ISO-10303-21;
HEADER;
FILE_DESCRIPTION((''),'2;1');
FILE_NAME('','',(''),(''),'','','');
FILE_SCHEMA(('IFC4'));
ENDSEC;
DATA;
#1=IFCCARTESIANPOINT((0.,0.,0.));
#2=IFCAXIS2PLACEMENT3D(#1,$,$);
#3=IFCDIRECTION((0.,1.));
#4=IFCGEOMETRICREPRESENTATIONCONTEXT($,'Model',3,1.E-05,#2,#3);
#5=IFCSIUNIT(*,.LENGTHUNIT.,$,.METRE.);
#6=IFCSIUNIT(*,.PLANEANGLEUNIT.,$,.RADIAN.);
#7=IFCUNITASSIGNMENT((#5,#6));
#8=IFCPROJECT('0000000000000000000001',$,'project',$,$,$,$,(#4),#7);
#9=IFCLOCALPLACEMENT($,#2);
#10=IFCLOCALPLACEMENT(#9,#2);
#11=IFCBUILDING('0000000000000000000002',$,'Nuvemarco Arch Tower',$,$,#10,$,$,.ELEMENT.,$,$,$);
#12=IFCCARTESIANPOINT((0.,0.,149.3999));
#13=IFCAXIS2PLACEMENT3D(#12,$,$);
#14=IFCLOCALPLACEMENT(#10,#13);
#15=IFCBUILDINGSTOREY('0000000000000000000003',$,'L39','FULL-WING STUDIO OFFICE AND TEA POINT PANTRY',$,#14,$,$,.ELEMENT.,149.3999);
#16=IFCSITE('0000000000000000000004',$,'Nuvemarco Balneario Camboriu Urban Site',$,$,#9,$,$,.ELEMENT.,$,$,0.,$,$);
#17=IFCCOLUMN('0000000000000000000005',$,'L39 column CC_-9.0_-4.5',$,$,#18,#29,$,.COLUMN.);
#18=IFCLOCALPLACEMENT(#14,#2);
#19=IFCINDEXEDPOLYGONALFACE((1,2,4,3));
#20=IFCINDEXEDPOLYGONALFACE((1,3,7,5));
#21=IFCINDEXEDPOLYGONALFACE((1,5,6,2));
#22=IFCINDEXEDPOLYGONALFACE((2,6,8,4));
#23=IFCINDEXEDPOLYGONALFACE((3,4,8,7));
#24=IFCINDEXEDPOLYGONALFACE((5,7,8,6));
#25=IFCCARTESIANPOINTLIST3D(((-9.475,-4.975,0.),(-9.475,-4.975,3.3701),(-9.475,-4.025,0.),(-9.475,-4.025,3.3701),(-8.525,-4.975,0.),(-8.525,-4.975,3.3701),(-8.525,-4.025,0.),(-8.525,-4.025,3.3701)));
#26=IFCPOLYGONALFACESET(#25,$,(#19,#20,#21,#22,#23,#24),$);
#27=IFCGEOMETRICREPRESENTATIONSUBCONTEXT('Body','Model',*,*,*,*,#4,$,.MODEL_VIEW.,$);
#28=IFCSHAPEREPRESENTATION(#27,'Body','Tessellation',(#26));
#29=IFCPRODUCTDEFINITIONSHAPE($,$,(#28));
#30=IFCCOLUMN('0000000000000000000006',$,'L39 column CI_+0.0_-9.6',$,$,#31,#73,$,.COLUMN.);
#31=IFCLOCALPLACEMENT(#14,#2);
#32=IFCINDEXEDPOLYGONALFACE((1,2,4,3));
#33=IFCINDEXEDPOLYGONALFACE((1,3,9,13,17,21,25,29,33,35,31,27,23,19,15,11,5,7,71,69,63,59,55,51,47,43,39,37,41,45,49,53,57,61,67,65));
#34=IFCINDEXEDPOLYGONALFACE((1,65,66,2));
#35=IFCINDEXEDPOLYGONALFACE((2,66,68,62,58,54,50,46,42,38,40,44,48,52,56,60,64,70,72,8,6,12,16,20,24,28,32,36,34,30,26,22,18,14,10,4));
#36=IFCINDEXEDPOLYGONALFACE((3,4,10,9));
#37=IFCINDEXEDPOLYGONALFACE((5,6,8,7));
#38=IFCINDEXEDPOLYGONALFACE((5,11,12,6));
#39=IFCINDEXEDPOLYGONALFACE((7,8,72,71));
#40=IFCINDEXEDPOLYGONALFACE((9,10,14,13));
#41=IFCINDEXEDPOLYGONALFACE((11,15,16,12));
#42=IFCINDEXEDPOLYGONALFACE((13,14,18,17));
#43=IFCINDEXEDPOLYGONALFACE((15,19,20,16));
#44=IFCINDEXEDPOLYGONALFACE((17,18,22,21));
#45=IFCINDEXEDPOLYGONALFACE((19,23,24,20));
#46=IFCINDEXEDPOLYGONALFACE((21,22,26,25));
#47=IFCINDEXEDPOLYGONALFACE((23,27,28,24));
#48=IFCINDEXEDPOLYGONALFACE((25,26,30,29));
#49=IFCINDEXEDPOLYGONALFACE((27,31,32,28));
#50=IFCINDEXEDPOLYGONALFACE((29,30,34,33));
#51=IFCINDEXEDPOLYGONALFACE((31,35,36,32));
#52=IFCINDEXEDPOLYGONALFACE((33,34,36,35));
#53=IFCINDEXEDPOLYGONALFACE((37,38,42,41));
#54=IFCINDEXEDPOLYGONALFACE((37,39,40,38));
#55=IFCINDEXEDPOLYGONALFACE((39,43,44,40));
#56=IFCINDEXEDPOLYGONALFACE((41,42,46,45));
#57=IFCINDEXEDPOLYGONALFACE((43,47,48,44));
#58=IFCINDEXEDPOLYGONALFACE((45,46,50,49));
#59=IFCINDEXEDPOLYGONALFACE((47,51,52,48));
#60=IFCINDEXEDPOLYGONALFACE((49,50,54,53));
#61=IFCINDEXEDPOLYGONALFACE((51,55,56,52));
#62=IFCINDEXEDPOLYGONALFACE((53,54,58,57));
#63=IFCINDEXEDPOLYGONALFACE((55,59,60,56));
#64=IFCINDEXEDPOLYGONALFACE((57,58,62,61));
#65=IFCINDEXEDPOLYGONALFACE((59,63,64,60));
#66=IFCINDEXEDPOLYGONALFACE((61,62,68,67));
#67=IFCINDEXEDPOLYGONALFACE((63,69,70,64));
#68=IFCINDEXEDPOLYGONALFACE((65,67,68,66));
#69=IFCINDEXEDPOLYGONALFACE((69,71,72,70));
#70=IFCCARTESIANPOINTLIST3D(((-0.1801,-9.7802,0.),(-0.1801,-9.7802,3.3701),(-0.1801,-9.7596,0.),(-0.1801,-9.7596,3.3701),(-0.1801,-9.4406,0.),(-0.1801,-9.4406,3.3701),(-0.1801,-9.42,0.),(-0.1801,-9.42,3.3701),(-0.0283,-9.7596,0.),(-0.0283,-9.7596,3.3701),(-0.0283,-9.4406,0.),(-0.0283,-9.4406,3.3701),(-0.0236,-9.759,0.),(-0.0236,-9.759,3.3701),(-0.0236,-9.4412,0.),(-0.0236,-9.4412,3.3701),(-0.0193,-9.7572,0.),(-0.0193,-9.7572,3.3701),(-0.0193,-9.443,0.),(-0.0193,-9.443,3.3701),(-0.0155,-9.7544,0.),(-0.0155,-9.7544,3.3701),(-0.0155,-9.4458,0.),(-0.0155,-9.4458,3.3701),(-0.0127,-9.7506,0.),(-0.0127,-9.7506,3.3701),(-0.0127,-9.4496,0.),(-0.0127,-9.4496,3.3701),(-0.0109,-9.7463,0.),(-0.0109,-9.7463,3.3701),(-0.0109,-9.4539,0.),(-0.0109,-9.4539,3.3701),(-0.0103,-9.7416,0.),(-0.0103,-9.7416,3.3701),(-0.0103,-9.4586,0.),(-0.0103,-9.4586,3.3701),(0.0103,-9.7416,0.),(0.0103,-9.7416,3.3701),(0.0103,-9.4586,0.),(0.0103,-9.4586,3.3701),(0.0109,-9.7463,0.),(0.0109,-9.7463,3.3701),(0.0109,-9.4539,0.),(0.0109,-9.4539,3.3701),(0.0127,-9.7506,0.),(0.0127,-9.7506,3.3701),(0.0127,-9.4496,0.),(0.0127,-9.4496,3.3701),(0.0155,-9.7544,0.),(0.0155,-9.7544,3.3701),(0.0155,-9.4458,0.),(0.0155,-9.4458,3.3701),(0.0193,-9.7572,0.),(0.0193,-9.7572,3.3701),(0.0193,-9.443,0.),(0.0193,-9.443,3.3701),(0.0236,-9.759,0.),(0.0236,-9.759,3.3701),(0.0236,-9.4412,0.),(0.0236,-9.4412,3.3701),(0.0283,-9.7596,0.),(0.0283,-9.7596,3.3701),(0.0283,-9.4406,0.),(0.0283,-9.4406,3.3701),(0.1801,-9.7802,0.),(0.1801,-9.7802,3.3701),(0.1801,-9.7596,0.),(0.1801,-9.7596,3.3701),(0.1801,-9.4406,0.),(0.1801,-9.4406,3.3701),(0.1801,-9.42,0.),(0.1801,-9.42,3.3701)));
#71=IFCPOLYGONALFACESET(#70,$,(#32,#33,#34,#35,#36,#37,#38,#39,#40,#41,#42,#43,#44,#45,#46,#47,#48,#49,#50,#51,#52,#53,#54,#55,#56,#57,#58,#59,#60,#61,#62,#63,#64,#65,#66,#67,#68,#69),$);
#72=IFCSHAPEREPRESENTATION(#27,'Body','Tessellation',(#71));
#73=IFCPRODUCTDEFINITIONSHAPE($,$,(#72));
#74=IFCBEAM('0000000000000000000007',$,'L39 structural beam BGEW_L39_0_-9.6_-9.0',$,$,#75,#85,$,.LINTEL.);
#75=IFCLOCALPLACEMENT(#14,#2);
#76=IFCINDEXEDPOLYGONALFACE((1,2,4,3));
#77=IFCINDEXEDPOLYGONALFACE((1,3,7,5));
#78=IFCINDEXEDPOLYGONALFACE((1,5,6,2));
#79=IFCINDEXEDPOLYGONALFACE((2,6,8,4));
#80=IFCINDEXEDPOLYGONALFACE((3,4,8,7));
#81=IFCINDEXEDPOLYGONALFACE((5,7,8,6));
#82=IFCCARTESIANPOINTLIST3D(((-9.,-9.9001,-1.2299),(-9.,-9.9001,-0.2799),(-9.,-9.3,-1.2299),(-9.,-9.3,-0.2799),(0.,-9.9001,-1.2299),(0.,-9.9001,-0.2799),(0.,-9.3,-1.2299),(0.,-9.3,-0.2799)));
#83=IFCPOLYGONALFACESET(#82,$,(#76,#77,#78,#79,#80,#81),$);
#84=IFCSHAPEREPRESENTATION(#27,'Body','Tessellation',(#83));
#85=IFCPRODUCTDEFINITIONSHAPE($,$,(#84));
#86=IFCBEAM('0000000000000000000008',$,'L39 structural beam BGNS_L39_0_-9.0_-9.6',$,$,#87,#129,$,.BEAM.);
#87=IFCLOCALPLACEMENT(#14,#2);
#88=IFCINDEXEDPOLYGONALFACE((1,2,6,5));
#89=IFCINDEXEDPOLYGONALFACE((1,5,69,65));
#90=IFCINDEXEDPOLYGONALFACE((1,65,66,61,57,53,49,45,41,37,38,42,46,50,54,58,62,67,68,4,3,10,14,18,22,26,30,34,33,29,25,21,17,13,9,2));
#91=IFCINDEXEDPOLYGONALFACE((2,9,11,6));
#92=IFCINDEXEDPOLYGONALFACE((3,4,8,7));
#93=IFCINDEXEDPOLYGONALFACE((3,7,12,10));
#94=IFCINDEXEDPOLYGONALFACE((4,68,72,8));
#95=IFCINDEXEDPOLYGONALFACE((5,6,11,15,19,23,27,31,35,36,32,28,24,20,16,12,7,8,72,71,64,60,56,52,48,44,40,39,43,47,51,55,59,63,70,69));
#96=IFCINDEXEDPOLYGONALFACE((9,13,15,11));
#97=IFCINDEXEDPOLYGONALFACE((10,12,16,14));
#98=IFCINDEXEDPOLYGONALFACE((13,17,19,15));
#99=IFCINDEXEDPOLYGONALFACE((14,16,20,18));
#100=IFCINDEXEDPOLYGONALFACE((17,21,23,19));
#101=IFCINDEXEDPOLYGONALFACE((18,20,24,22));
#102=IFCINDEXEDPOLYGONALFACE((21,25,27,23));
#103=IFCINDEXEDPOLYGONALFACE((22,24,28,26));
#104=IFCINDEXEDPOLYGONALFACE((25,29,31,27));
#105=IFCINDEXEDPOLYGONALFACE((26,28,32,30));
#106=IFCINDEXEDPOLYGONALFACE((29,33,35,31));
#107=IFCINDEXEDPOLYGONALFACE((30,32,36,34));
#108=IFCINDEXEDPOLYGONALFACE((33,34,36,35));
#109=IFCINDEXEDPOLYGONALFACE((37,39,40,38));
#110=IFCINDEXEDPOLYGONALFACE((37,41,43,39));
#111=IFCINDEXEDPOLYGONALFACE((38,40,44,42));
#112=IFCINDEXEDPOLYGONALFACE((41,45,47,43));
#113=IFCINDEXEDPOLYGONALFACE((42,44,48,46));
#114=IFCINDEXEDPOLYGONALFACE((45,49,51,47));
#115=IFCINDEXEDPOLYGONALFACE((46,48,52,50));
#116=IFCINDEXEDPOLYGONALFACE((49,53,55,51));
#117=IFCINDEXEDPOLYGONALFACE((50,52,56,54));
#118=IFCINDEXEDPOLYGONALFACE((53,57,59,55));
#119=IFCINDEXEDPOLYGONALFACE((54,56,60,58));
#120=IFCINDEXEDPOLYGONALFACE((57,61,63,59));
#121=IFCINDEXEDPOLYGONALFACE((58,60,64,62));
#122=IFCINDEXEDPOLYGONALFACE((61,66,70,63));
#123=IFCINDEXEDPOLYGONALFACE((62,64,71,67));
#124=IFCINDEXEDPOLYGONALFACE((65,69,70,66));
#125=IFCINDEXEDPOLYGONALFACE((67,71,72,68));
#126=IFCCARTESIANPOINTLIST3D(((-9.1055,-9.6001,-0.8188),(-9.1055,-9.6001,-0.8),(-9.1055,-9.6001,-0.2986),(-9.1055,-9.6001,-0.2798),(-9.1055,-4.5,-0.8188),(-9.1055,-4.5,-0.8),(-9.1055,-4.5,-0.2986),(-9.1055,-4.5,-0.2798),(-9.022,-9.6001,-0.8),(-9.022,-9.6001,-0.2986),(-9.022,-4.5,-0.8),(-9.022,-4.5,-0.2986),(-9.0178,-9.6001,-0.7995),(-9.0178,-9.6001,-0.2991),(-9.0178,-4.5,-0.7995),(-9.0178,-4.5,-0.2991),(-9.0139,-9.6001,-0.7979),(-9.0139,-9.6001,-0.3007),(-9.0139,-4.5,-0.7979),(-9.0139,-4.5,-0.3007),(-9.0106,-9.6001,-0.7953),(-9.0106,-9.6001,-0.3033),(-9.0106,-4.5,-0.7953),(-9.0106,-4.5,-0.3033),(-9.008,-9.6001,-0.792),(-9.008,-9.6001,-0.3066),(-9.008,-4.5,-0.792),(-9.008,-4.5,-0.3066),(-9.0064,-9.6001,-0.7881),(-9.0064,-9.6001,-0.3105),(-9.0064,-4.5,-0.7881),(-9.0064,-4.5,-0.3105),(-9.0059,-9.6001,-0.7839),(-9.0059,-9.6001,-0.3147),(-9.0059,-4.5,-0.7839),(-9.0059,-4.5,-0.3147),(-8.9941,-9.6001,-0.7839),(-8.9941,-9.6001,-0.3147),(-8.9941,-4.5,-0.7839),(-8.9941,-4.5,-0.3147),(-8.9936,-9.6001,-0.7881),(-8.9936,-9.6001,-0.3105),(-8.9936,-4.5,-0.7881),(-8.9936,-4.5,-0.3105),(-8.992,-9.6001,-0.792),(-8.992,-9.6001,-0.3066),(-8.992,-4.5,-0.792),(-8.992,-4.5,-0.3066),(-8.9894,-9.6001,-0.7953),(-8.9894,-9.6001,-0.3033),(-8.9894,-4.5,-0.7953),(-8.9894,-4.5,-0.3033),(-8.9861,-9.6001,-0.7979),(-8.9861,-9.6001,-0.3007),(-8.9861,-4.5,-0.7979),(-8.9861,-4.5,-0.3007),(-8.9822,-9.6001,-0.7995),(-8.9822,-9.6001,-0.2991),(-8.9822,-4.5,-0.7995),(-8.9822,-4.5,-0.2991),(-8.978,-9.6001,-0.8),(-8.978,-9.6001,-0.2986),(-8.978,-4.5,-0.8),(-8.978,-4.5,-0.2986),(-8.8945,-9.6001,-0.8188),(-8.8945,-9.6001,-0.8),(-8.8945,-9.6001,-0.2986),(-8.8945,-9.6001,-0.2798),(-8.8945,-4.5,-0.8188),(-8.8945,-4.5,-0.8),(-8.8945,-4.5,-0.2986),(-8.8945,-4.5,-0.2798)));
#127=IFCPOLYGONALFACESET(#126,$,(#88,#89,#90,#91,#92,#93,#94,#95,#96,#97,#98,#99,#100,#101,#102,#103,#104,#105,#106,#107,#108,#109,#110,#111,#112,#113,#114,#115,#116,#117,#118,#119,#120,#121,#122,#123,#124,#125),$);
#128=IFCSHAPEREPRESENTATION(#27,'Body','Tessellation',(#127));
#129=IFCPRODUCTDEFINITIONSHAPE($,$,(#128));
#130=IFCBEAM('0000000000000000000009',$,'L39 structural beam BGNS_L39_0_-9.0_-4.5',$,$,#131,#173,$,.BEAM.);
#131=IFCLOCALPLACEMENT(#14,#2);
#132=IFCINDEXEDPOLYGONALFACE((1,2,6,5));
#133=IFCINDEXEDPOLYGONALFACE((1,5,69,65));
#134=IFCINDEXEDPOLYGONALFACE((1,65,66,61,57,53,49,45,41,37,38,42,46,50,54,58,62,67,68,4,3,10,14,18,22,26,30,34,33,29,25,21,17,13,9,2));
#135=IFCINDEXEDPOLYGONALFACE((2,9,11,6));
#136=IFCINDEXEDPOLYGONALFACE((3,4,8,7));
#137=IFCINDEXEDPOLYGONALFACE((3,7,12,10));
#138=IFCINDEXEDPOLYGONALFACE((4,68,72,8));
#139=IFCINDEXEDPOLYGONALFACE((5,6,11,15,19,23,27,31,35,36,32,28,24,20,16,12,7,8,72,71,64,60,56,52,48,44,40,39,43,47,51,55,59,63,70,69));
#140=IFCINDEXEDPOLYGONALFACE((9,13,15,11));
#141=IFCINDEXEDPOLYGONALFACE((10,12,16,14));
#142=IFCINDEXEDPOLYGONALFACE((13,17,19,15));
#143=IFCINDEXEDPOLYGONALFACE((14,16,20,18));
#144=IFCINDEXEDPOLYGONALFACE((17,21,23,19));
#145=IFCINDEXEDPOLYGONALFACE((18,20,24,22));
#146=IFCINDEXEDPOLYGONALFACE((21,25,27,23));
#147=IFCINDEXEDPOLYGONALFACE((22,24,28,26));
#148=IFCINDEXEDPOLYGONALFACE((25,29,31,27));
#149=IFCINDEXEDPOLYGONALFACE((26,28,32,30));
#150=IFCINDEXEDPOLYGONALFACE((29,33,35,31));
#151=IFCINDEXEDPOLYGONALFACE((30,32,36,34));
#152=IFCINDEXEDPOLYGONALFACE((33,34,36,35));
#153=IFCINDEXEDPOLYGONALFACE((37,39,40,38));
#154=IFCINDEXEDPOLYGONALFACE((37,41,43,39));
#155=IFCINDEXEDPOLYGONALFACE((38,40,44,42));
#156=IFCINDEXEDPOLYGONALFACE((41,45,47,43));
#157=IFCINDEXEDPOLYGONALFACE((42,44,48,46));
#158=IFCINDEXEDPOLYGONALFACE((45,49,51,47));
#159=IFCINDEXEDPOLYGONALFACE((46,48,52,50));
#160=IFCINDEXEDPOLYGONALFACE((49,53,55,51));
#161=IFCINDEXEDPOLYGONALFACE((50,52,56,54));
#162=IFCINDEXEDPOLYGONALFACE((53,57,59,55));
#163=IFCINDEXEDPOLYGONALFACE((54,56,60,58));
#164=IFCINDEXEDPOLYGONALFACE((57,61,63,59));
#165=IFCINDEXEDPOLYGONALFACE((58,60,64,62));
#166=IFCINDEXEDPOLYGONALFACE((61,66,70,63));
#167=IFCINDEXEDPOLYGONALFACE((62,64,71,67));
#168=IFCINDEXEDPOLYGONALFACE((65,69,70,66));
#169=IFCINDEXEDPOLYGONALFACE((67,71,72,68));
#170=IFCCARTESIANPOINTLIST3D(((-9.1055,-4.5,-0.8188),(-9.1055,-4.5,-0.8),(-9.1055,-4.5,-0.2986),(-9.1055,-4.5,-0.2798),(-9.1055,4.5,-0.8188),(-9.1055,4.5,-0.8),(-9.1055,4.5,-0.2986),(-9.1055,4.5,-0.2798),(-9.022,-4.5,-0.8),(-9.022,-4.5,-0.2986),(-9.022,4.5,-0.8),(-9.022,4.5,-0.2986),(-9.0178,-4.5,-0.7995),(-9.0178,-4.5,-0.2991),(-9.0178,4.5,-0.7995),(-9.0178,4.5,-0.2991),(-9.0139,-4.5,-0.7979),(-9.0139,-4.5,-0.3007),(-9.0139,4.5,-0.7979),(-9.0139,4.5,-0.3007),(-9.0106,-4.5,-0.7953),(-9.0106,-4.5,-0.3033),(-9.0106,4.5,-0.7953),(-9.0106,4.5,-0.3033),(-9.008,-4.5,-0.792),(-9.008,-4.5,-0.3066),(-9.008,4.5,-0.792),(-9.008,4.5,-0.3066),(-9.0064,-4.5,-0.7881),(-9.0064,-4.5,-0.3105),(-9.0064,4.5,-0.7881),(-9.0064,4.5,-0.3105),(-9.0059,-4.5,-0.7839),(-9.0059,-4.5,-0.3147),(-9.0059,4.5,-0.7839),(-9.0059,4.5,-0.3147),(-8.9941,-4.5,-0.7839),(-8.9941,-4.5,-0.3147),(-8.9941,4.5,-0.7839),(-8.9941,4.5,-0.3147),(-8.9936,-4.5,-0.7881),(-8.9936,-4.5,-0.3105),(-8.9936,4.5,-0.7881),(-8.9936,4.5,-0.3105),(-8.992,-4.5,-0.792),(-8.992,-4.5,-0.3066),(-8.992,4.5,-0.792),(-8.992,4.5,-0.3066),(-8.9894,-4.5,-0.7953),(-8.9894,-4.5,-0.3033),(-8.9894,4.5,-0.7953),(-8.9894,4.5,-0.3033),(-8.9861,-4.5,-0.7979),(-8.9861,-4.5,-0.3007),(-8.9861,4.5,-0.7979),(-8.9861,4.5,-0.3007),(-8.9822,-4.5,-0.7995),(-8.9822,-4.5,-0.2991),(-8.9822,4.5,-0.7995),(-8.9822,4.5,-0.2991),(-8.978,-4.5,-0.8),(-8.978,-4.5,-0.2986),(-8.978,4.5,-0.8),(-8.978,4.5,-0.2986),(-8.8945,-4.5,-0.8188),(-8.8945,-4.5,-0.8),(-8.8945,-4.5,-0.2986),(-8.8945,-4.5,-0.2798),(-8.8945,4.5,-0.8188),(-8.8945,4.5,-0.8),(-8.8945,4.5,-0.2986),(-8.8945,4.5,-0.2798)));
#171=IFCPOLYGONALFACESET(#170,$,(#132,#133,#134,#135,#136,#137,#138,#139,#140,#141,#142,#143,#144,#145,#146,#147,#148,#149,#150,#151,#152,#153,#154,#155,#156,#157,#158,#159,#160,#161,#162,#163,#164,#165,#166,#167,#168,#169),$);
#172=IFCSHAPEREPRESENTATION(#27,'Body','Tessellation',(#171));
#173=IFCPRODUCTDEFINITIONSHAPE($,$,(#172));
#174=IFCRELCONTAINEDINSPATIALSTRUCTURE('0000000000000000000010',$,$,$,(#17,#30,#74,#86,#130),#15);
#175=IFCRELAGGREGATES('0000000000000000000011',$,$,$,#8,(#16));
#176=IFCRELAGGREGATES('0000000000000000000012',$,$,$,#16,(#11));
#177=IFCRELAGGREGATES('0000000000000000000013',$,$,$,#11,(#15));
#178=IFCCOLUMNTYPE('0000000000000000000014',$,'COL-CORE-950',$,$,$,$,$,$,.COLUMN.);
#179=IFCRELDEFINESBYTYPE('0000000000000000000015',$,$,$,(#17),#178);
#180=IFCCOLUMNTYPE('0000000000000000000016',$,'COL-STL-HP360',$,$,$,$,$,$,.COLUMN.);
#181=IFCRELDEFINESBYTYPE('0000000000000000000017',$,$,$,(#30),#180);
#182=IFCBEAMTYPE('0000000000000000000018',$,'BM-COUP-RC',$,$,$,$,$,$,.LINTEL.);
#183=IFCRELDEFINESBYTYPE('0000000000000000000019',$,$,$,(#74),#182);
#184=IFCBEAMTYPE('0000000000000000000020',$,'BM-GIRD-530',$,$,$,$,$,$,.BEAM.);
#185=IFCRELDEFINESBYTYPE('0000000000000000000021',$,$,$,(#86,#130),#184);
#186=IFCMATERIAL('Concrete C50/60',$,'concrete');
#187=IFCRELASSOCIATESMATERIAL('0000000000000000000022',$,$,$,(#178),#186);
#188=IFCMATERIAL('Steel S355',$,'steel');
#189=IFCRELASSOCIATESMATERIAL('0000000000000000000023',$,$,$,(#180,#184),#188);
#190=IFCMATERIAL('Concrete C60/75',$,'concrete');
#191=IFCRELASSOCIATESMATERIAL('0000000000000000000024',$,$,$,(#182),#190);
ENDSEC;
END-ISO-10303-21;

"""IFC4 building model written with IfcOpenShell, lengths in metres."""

from ifc_helpers import new_model, si_unit, direction, frame, origin, origin_2d, place, context, subcontext, project, spatial, rectangle, i_section, extrude, material, material_profile, profile_set, type_object, element, save


model = new_model("IFC4")

# Units and contexts
model_context = context("Model", 3, precision=1e-05, world=origin(), true_north=direction((0.0, 1.0)))
body_context = subcontext(model_context, "Body", "Model", "MODEL_VIEW")
ifc_project = project(units=[si_unit("LENGTHUNIT", "METRE"), si_unit("PLANEANGLEUNIT", "RADIAN")], contexts=[model_context])

# Site, building, storey
site_placement = place(None, origin())
site = spatial("IfcSite", under=ifc_project, at=site_placement, Name="Nuvemarco Balneario Camboriu Urban Site", CompositionType="ELEMENT", RefElevation=0.0)
building_placement = place(site_placement, origin())
building = spatial("IfcBuilding", under=site, at=building_placement, Name="Nuvemarco Arch Tower", CompositionType="ELEMENT")
storey_placement = place(building_placement, frame((0.0, 0.0, 149.3999)))
storey = spatial("IfcBuildingStorey", under=building, at=storey_placement, Name="L39", Description="FULL-WING STUDIO OFFICE AND TEA POINT PANTRY", CompositionType="ELEMENT", Elevation=149.3999)

# Columns
ifc_material_1 = material(Name="Concrete C50/60", Category="concrete")
ifc_material_profile_1 = material_profile(ifc_material_1, rectangle(XDim=0.95, YDim=0.95, at=origin_2d()), Name="RC-COL-950x950")
ifc_profile_set_1 = profile_set([ifc_material_profile_1], Name="Concrete C50/60")
column_type_1 = type_object("IfcColumnType", Name="COL-CORE-950", PredefinedType="COLUMN", material=ifc_profile_set_1)
column_1_placement = place(storey_placement, frame((-9.0, -4.5, 0.0), z_axis=(0.0, 0.0, 1.0), x_axis=(1.0, 0.0, 0.0)))
element("IfcColumn", 1, at=column_1_placement, inside=storey, type_object=column_type_1, Name="L39 column CC_-9.0_-4.5", PredefinedType="COLUMN", context=body_context, shape_type="SweptSolid", body=[
    extrude(rectangle(XDim=0.95, YDim=0.95, at=origin_2d()), origin(), (0.0, 0.0, 1.0), 3.3701),
])
ifc_material_2 = material(Name="Steel S355", Category="steel")
ifc_material_profile_2 = material_profile(ifc_material_2, i_section(OverallWidth=0.3601, OverallDepth=0.3601, WebThickness=0.0205, FlangeThickness=0.0205, FilletRadius=0.0181, at=origin_2d()), Name="HP360x174")
ifc_profile_set_2 = profile_set([ifc_material_profile_2], Name="Steel S355")
column_type_2 = type_object("IfcColumnType", Name="COL-STL-HP360", PredefinedType="COLUMN", material=ifc_profile_set_2)
column_2_placement = place(storey_placement, frame((0.0, -9.6001, 0.0), z_axis=(0.0, 0.0, 1.0), x_axis=(1.0, 0.0, 0.0)))
element("IfcColumn", 2, at=column_2_placement, inside=storey, type_object=column_type_2, Name="L39 column CI_+0.0_-9.6", PredefinedType="COLUMN", context=body_context, shape_type="SweptSolid", body=[
    extrude(i_section(OverallWidth=0.3601, OverallDepth=0.3601, WebThickness=0.0205, FlangeThickness=0.0205, FilletRadius=0.0181, at=origin_2d()), origin(), (0.0, 0.0, 1.0), 3.3701),
])

# Beams
ifc_material_3 = material(Name="Concrete C60/75", Category="concrete")
ifc_material_profile_3 = material_profile(ifc_material_3, rectangle(XDim=0.6001, YDim=0.95, at=origin_2d()), Name="RC-BM-600x950")
ifc_profile_set_3 = profile_set([ifc_material_profile_3], Name="Concrete C60/75")
beam_type_1 = type_object("IfcBeamType", Name="BM-COUP-RC", PredefinedType="LINTEL", material=ifc_profile_set_3)
beam_1_placement = place(storey_placement, frame((-9.0, -9.6001, -0.7549), z_axis=(1.0, 0.0, 0.0), x_axis=(0.0, 1.0, 0.0)))
element("IfcBeam", 3, at=beam_1_placement, inside=storey, type_object=beam_type_1, Name="L39 structural beam BGEW_L39_0_-9.6_-9.0", PredefinedType="LINTEL", context=body_context, shape_type="SweptSolid", body=[
    extrude(rectangle(XDim=0.6001, YDim=0.95, at=origin_2d()), origin(), (0.0, 0.0, 1.0), 9.0),
])
ifc_material_profile_4 = material_profile(ifc_material_2, i_section(OverallWidth=0.2109, OverallDepth=0.5391, WebThickness=0.0117, FlangeThickness=0.0188, FilletRadius=0.0161, at=origin_2d()), Name="W530x109")
ifc_profile_set_4 = profile_set([ifc_material_profile_4], Name="Steel S355")
beam_type_2 = type_object("IfcBeamType", Name="BM-GIRD-530", PredefinedType="BEAM", material=ifc_profile_set_4)
beam_2_placement = place(storey_placement, frame((-9.0, -9.6001, -0.5493), z_axis=(0.0, 1.0, 0.0), x_axis=(-1.0, 0.0, 0.0)))
element("IfcBeam", 4, at=beam_2_placement, inside=storey, type_object=beam_type_2, Name="L39 structural beam BGNS_L39_0_-9.0_-9.6", PredefinedType="BEAM", context=body_context, shape_type="SweptSolid", body=[
    extrude(i_section(OverallWidth=0.2109, OverallDepth=0.5391, WebThickness=0.0117, FlangeThickness=0.0188, FilletRadius=0.0161, at=origin_2d()), origin(), (0.0, 0.0, 1.0), 5.1001),
])
beam_3_placement = place(storey_placement, frame((-9.0, -4.5, -0.5493), z_axis=(0.0, 1.0, 0.0), x_axis=(-1.0, 0.0, 0.0)))
element("IfcBeam", 5, at=beam_3_placement, inside=storey, type_object=beam_type_2, Name="L39 structural beam BGNS_L39_0_-9.0_-4.5", PredefinedType="BEAM", context=body_context, shape_type="SweptSolid", body=[
    extrude(i_section(OverallWidth=0.2109, OverallDepth=0.5391, WebThickness=0.0117, FlangeThickness=0.0188, FilletRadius=0.0161, at=origin_2d()), origin(), (0.0, 0.0, 1.0), 9.0),
])

save(model, "model.ifc")
